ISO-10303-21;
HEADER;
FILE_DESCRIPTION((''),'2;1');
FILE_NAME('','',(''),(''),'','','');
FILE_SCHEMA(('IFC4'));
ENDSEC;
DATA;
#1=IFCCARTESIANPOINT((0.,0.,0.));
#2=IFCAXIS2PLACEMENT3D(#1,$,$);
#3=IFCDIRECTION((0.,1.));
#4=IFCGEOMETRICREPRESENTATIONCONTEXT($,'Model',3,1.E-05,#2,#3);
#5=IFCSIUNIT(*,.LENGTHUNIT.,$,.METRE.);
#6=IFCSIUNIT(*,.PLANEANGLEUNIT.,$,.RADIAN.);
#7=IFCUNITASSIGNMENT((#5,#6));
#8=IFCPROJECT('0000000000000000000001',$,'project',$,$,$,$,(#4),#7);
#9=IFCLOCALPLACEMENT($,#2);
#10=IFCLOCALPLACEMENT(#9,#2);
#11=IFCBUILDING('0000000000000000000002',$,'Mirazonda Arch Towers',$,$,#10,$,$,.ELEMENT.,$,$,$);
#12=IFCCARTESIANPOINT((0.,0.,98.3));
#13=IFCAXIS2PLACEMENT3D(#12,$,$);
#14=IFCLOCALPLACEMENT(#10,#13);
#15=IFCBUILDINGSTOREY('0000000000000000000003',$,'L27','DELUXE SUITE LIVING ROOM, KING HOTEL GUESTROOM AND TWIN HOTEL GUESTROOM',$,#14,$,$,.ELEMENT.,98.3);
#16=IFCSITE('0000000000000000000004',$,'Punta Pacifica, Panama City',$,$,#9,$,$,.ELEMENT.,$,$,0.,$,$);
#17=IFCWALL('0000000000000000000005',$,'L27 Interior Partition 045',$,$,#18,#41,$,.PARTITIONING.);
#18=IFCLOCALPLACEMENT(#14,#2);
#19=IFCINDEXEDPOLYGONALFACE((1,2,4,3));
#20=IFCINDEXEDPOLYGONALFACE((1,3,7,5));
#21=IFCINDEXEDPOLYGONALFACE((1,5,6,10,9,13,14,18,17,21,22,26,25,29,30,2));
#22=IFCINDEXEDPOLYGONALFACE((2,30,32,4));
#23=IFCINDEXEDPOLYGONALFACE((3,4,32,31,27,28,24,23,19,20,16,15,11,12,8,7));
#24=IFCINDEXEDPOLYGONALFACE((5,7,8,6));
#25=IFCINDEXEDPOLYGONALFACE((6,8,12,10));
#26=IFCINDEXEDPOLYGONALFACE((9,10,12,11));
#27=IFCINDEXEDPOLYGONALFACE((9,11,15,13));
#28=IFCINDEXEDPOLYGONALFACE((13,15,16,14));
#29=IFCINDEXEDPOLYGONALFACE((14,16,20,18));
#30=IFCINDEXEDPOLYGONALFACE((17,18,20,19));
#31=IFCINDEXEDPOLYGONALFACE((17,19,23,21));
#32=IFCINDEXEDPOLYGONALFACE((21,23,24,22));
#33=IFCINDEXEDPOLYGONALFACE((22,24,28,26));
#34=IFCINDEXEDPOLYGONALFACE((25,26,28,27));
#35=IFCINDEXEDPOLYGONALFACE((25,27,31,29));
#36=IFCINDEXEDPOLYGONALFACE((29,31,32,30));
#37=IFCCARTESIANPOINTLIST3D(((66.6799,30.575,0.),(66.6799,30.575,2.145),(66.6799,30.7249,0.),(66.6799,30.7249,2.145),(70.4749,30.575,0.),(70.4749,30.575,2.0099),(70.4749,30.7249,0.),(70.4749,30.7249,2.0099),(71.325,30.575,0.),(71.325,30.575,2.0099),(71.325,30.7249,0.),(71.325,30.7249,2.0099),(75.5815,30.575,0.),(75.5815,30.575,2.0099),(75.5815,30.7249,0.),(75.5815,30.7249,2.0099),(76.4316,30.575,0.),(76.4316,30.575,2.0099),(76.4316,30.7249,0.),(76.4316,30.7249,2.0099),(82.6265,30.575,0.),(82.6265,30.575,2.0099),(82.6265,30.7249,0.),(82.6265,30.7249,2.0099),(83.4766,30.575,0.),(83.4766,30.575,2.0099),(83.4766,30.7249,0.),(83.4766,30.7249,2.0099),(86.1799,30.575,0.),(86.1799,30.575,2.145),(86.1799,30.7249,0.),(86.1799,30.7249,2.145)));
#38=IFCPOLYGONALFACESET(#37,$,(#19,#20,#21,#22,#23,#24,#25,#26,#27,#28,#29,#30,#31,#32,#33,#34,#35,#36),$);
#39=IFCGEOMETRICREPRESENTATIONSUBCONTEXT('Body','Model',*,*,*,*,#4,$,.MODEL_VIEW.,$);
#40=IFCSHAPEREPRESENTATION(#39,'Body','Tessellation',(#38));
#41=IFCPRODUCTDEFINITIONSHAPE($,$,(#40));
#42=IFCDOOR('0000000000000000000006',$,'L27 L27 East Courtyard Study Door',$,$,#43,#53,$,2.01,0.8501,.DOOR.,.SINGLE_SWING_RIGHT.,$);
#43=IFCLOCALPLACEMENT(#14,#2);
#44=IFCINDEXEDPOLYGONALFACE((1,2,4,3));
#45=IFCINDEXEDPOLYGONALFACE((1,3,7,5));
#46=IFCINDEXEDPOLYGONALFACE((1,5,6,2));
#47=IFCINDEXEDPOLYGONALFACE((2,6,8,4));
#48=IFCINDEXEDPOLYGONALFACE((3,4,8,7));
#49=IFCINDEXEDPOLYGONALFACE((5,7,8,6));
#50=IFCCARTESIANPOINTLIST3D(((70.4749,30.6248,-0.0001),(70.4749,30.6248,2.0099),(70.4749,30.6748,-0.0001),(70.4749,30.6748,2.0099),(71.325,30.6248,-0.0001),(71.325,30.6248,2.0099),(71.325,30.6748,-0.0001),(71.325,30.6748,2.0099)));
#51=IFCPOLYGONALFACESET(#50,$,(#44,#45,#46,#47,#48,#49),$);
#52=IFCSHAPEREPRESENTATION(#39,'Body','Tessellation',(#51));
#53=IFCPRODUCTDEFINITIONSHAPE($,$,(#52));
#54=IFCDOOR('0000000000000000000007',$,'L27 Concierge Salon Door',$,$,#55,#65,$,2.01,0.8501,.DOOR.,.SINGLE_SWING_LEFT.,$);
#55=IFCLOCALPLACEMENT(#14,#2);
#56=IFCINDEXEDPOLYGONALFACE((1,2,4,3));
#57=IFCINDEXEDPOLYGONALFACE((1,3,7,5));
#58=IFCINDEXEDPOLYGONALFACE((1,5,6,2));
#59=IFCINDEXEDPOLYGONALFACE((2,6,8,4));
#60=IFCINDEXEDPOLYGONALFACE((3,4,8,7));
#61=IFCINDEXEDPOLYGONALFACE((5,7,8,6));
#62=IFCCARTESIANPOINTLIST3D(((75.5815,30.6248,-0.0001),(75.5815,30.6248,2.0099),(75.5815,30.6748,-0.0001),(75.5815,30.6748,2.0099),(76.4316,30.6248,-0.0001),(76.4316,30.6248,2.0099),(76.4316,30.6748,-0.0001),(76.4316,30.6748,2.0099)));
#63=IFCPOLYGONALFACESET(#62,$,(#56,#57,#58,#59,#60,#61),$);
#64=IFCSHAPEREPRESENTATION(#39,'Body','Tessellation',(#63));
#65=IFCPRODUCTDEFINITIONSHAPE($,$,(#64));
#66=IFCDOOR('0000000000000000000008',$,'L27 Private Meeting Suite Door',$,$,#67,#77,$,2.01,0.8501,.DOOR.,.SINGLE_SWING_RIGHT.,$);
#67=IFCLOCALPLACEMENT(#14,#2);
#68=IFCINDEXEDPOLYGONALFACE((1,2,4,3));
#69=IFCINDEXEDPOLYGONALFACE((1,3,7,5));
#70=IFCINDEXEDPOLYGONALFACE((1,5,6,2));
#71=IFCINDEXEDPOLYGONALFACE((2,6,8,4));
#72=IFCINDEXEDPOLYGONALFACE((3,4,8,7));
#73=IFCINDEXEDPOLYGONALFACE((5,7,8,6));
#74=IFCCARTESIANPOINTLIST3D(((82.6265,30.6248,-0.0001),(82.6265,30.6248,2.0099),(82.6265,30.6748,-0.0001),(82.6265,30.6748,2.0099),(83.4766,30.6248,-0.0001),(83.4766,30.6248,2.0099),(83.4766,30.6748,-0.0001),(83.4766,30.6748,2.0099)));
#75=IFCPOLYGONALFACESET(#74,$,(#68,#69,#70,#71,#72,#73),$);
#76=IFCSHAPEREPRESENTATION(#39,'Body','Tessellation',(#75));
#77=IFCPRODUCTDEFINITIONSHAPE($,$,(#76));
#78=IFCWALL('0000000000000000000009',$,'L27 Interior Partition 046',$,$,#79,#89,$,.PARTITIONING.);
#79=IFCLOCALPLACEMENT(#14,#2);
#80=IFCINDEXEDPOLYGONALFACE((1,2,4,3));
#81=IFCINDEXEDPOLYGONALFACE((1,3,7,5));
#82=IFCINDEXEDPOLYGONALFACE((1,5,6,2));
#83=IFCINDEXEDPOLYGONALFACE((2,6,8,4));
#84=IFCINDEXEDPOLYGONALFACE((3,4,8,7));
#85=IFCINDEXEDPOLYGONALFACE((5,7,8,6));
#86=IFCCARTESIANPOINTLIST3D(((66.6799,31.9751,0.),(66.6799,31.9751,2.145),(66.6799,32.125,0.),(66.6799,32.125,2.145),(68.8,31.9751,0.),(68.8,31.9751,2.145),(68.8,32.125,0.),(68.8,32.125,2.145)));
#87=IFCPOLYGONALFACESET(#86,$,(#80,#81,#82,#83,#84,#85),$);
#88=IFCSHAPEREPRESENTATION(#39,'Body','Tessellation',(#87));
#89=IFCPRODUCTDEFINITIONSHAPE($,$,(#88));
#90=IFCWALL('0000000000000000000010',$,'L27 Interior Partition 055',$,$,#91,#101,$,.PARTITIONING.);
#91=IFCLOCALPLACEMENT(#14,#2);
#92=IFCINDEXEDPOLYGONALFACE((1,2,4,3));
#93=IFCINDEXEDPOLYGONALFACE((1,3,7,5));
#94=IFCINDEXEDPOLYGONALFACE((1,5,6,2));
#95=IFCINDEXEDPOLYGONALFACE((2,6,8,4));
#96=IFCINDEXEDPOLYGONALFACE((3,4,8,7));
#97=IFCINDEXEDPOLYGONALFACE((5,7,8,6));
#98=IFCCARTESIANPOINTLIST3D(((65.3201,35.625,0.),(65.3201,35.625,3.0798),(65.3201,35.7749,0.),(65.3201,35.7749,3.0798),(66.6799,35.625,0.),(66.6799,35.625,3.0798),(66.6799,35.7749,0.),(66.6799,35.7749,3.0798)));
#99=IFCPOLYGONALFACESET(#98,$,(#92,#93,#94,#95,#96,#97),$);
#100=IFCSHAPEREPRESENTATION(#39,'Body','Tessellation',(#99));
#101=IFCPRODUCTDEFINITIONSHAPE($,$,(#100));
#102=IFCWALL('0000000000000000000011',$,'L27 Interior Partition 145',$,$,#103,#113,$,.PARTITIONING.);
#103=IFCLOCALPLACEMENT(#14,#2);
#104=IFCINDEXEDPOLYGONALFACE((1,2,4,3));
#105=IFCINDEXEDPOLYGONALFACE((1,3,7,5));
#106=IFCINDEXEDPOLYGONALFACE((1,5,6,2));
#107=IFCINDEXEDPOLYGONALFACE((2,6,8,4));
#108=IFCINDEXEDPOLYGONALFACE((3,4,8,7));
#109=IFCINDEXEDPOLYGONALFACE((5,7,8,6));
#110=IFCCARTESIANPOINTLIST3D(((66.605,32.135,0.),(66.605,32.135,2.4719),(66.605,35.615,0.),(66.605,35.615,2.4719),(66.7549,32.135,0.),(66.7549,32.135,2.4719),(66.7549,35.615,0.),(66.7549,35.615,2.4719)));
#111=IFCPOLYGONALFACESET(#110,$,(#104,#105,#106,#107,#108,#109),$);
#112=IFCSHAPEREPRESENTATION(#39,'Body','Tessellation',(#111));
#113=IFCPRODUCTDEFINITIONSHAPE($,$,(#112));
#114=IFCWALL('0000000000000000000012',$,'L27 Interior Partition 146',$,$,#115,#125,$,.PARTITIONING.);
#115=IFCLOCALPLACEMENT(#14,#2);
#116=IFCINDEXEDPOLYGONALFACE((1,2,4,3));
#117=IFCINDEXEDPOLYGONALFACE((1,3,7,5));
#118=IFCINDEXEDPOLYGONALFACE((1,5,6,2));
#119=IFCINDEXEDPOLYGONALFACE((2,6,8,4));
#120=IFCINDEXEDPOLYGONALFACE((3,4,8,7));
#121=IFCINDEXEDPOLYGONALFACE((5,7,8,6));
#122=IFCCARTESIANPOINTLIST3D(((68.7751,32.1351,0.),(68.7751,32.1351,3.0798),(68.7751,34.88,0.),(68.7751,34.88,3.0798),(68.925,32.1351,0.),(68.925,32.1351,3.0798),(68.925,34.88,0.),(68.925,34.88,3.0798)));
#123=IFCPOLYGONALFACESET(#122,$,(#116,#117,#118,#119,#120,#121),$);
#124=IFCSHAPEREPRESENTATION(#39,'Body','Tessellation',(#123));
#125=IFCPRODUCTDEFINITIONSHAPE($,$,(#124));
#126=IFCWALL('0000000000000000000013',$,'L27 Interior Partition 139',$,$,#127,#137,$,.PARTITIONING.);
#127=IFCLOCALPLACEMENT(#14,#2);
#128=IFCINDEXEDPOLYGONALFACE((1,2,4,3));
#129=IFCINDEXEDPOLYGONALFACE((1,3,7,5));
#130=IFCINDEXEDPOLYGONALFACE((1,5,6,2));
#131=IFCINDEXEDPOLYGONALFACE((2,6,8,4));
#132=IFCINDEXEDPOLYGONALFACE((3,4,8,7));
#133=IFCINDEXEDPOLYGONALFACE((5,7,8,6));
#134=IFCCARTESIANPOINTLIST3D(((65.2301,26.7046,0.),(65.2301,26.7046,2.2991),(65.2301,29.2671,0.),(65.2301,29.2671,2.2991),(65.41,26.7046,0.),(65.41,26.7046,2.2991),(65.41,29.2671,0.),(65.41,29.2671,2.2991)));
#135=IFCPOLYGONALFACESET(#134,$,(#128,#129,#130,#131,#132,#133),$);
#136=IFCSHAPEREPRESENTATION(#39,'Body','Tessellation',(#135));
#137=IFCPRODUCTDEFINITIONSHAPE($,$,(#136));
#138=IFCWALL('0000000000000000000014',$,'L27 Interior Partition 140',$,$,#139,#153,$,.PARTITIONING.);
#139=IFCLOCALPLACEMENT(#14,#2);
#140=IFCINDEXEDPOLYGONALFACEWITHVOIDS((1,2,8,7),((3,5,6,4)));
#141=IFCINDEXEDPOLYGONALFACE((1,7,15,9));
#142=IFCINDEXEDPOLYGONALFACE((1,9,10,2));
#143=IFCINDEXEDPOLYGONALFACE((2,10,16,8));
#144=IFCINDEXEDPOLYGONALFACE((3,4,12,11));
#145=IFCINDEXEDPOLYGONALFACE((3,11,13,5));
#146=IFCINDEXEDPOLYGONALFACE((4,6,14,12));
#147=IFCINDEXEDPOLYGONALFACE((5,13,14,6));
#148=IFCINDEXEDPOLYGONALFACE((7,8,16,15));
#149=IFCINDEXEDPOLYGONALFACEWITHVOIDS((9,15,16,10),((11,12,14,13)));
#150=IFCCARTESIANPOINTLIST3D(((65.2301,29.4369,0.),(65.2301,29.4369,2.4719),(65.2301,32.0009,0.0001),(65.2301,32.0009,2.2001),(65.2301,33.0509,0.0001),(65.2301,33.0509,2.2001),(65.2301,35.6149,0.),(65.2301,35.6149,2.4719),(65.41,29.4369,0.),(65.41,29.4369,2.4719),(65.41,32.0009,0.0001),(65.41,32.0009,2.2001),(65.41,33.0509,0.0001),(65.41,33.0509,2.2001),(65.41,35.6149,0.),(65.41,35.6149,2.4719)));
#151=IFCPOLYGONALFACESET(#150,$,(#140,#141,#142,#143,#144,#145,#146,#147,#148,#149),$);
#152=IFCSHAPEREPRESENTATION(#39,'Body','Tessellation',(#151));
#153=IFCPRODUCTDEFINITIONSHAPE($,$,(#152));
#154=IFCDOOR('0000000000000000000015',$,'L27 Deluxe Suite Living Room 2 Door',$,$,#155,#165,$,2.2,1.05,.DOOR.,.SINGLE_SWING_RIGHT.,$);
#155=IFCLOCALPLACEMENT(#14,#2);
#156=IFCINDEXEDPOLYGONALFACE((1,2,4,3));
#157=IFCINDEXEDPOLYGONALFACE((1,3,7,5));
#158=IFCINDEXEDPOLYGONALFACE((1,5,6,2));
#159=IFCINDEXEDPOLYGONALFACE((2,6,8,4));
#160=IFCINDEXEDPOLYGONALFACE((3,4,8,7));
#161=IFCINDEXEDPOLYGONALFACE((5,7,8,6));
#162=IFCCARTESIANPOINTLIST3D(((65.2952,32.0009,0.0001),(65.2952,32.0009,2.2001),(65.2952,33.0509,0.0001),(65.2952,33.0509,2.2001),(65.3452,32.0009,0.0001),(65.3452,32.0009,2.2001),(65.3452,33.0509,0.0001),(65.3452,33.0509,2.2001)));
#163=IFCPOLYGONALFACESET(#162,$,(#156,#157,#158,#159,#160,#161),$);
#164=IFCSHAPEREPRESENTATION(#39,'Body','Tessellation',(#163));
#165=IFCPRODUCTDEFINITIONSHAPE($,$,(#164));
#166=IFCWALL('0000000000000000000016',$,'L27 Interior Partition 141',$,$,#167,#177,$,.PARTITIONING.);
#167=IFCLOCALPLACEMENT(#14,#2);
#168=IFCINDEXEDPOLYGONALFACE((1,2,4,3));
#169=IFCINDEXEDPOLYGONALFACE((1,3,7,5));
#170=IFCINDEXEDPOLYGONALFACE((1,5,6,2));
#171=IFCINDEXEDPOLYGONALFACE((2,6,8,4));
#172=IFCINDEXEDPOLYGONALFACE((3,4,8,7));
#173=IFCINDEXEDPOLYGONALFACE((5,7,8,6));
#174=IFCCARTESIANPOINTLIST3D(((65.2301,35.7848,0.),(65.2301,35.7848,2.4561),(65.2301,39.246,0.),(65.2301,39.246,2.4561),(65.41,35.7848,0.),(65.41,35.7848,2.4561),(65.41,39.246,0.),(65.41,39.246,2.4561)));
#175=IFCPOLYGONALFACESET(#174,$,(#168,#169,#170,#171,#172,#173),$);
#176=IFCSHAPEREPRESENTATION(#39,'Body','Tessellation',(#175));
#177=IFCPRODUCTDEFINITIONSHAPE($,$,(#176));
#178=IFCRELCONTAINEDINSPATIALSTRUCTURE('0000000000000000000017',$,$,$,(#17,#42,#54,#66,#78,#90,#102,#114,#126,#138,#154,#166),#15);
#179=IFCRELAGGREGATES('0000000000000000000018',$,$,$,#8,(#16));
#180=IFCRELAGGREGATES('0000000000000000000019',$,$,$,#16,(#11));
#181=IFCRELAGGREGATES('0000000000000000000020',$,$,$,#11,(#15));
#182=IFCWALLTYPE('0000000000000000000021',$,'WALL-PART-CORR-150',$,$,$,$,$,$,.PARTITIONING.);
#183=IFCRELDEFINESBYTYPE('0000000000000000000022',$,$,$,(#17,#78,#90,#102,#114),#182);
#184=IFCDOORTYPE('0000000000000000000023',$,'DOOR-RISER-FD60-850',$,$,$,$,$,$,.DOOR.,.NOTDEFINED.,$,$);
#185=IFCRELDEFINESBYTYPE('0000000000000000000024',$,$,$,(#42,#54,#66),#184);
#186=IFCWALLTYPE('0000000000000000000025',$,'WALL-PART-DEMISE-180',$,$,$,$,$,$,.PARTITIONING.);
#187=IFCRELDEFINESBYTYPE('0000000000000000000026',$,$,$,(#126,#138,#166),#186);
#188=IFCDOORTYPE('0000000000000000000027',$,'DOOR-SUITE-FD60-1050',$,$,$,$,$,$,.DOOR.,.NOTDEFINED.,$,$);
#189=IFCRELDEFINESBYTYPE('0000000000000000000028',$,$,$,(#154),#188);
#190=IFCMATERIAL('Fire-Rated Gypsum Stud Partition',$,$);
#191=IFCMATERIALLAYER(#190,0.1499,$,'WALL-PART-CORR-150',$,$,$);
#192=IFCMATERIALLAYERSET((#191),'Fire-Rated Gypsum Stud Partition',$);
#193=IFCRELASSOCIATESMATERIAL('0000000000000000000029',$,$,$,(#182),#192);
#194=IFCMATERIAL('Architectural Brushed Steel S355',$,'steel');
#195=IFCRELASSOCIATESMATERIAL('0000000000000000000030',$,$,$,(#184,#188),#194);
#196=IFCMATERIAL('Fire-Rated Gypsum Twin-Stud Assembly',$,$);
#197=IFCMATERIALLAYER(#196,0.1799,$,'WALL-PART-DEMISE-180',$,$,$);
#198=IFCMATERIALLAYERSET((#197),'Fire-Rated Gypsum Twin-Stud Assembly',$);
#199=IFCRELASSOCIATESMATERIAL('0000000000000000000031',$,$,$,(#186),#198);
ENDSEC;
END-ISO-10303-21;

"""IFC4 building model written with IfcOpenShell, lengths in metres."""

from ifc_helpers import new_model, si_unit, direction, frame, frame_2d, origin, place, context, subcontext, project, spatial, rectangle, extrude, material, layer, layer_set, type_object, element, fill, save


model = new_model("IFC4")

# Units and contexts
model_context = context("Model", 3, precision=1e-05, world=origin(), true_north=direction((0.0, 1.0)))
body_context = subcontext(model_context, "Body", "Model", "MODEL_VIEW")
ifc_project = project(units=[si_unit("LENGTHUNIT", "METRE"), si_unit("PLANEANGLEUNIT", "RADIAN")], contexts=[model_context])

# Site, building, storey
site_placement = place(None, origin())
site = spatial("IfcSite", under=ifc_project, at=site_placement, Name="Punta Pacifica, Panama City", CompositionType="ELEMENT", RefElevation=0.0)
building_placement = place(site_placement, origin())
building = spatial("IfcBuilding", under=site, at=building_placement, Name="Mirazonda Arch Towers", CompositionType="ELEMENT")
storey_placement = place(building_placement, frame((0.0, 0.0, 98.3)))
storey = spatial("IfcBuildingStorey", under=building, at=storey_placement, Name="L27", Description="DELUXE SUITE LIVING ROOM, KING HOTEL GUESTROOM AND TWIN HOTEL GUESTROOM", CompositionType="ELEMENT", Elevation=98.3)

# Wall, openings, doors
ifc_material_1 = material(Name="Architectural Brushed Steel S355", Category="steel")
ifc_material_2 = material(Name="Fire-Rated Gypsum Stud Partition")
ifc_layer_1 = layer(ifc_material_2, 0.1499, Name="WALL-PART-CORR-150")
ifc_layer_set_1 = layer_set([ifc_layer_1], Name="Fire-Rated Gypsum Stud Partition")
wall_type_1 = type_object("IfcWallType", Name="WALL-PART-CORR-150", PredefinedType="PARTITIONING", material=ifc_layer_set_1)
wall_1_placement = place(storey_placement, frame((66.6799, 30.6499, 0.0), z_axis=(0.0, 0.0, 1.0), x_axis=(1.0, 0.0, 0.0)))
wall_1 = element("IfcWall", 1, at=wall_1_placement, inside=storey, type_object=wall_type_1, Name="L27 Interior Partition 045", PredefinedType="PARTITIONING", context=body_context, shape_type="SweptSolid", body=[
    extrude(rectangle(XDim=19.5, YDim=0.1499, at=frame_2d((9.75, 0.0))), origin(), (0.0, 0.0, 1.0), 2.145),
])
opening_1_placement = place(wall_1_placement, frame((3.7949, 0.0, 0.0)))
opening_1 = element("IfcOpeningElement", 2, at=opening_1_placement, cuts=wall_1, PredefinedType="OPENING", context=body_context, shape_type="SweptSolid", body=[
    extrude(rectangle(XDim=0.8501, YDim=2.01, at=frame_2d((0.425, 1.0049))), frame((0.0, 0.085, 0.0), z_axis=(0.0, -1.0, 0.0), x_axis=(1.0, 0.0, 0.0)), (0.0, 0.0, 1.0), 0.1699),
])
opening_2_placement = place(wall_1_placement, frame((8.9016, 0.0, 0.0)))
opening_2 = element("IfcOpeningElement", 3, at=opening_2_placement, cuts=wall_1, PredefinedType="OPENING", context=body_context, shape_type="SweptSolid", body=[
    extrude(rectangle(XDim=0.8501, YDim=2.01, at=frame_2d((0.425, 1.0049))), frame((0.0, 0.085, 0.0), z_axis=(0.0, -1.0, 0.0), x_axis=(1.0, 0.0, 0.0)), (0.0, 0.0, 1.0), 0.1699),
])
opening_3_placement = place(wall_1_placement, frame((15.9465, 0.0, 0.0)))
opening_3 = element("IfcOpeningElement", 4, at=opening_3_placement, cuts=wall_1, PredefinedType="OPENING", context=body_context, shape_type="SweptSolid", body=[
    extrude(rectangle(XDim=0.8501, YDim=2.01, at=frame_2d((0.425, 1.0049))), frame((0.0, 0.085, 0.0), z_axis=(0.0, -1.0, 0.0), x_axis=(1.0, 0.0, 0.0)), (0.0, 0.0, 1.0), 0.1699),
])
door_type_1 = type_object("IfcDoorType", Name="DOOR-RISER-FD60-850", OperationType="NOTDEFINED", PredefinedType="DOOR", material=ifc_material_1)
door_1_placement = place(opening_1_placement, origin())
door_1 = element("IfcDoor", 5, at=door_1_placement, inside=storey, type_object=door_type_1, Name="L27 L27 East Courtyard Study Door", OperationType="SINGLE_SWING_RIGHT", OverallHeight=2.01, OverallWidth=0.8501, PredefinedType="DOOR", context=body_context, shape_type="SweptSolid", body=[
    extrude(rectangle(XDim=0.8501, YDim=2.01, at=frame_2d((0.425, 1.0049))), frame((0.0, 0.0249, 0.0), z_axis=(0.0, -1.0, 0.0), x_axis=(1.0, 0.0, 0.0)), (0.0, 0.0, 1.0), 0.05),
])
fill(opening_1, door_1)
door_2_placement = place(opening_2_placement, origin())
door_2 = element("IfcDoor", 6, at=door_2_placement, inside=storey, type_object=door_type_1, Name="L27 Concierge Salon Door", OperationType="SINGLE_SWING_LEFT", OverallHeight=2.01, OverallWidth=0.8501, PredefinedType="DOOR", context=body_context, shape_type="SweptSolid", body=[
    extrude(rectangle(XDim=0.8501, YDim=2.01, at=frame_2d((0.425, 1.0049))), frame((0.0, 0.0249, 0.0), z_axis=(0.0, -1.0, 0.0), x_axis=(1.0, 0.0, 0.0)), (0.0, 0.0, 1.0), 0.05),
])
fill(opening_2, door_2)
door_3_placement = place(opening_3_placement, origin())
door_3 = element("IfcDoor", 7, at=door_3_placement, inside=storey, type_object=door_type_1, Name="L27 Private Meeting Suite Door", OperationType="SINGLE_SWING_RIGHT", OverallHeight=2.01, OverallWidth=0.8501, PredefinedType="DOOR", context=body_context, shape_type="SweptSolid", body=[
    extrude(rectangle(XDim=0.8501, YDim=2.01, at=frame_2d((0.425, 1.0049))), frame((0.0, 0.0249, 0.0), z_axis=(0.0, -1.0, 0.0), x_axis=(1.0, 0.0, 0.0)), (0.0, 0.0, 1.0), 0.05),
])
fill(opening_3, door_3)

# Walls
wall_2_placement = place(storey_placement, frame((66.6799, 32.05, 0.0), z_axis=(0.0, 0.0, 1.0), x_axis=(1.0, 0.0, 0.0)))
element("IfcWall", 8, at=wall_2_placement, inside=storey, type_object=wall_type_1, Name="L27 Interior Partition 046", PredefinedType="PARTITIONING", context=body_context, shape_type="SweptSolid", body=[
    extrude(rectangle(XDim=2.1201, YDim=0.1499, at=frame_2d((1.0601, 0.0))), origin(), (0.0, 0.0, 1.0), 2.145),
])
wall_3_placement = place(storey_placement, frame((65.3201, 35.7, 0.0), z_axis=(0.0, 0.0, 1.0), x_axis=(1.0, 0.0, 0.0)))
element("IfcWall", 9, at=wall_3_placement, inside=storey, type_object=wall_type_1, Name="L27 Interior Partition 055", PredefinedType="PARTITIONING", context=body_context, shape_type="SweptSolid", body=[
    extrude(rectangle(XDim=1.3599, YDim=0.1499, at=frame_2d((0.6799, 0.0))), origin(), (0.0, 0.0, 1.0), 3.0798),
])
wall_4_placement = place(storey_placement, frame((66.6799, 32.135, 0.0), z_axis=(0.0, 0.0, 1.0), x_axis=(0.0, 1.0, 0.0)))
element("IfcWall", 10, at=wall_4_placement, inside=storey, type_object=wall_type_1, Name="L27 Interior Partition 145", PredefinedType="PARTITIONING", context=body_context, shape_type="SweptSolid", body=[
    extrude(rectangle(XDim=3.48, YDim=0.1499, at=frame_2d((1.74, 0.0))), origin(), (0.0, 0.0, 1.0), 2.4719),
])
wall_5_placement = place(storey_placement, frame((68.8501, 32.135, 0.0), z_axis=(0.0, 0.0, 1.0), x_axis=(0.0, 1.0, 0.0)))
element("IfcWall", 11, at=wall_5_placement, inside=storey, type_object=wall_type_1, Name="L27 Interior Partition 146", PredefinedType="PARTITIONING", context=body_context, shape_type="SweptSolid", body=[
    extrude(rectangle(XDim=2.7449, YDim=0.1499, at=frame_2d((1.3726, 0.0))), origin(), (0.0, 0.0, 1.0), 3.0798),
])
ifc_material_3 = material(Name="Fire-Rated Gypsum Twin-Stud Assembly")
ifc_layer_2 = layer(ifc_material_3, 0.1799, Name="WALL-PART-DEMISE-180")
ifc_layer_set_2 = layer_set([ifc_layer_2], Name="Fire-Rated Gypsum Twin-Stud Assembly")
wall_type_2 = type_object("IfcWallType", Name="WALL-PART-DEMISE-180", PredefinedType="PARTITIONING", material=ifc_layer_set_2)
wall_6_placement = place(storey_placement, frame((65.3201, 26.7046, 0.0), z_axis=(0.0, 0.0, 1.0), x_axis=(0.0, 1.0, 0.0)))
element("IfcWall", 12, at=wall_6_placement, inside=storey, type_object=wall_type_2, Name="L27 Interior Partition 139", PredefinedType="PARTITIONING", context=body_context, shape_type="SweptSolid", body=[
    extrude(rectangle(XDim=2.5625, YDim=0.1799, at=frame_2d((1.2812, 0.0))), origin(), (0.0, 0.0, 1.0), 2.2991),
])

# Wall, opening, door
wall_7_placement = place(storey_placement, frame((65.3201, 29.437, 0.0), z_axis=(0.0, 0.0, 1.0), x_axis=(0.0, 1.0, 0.0)))
wall_7 = element("IfcWall", 13, at=wall_7_placement, inside=storey, type_object=wall_type_2, Name="L27 Interior Partition 140", PredefinedType="PARTITIONING", context=body_context, shape_type="SweptSolid", body=[
    extrude(rectangle(XDim=6.178, YDim=0.1799, at=frame_2d((3.0889, 0.0))), origin(), (0.0, 0.0, 1.0), 2.4719),
])
opening_4_placement = place(wall_7_placement, frame((2.564, 0.0, 0.0)))
opening_4 = element("IfcOpeningElement", 14, at=opening_4_placement, cuts=wall_7, PredefinedType="OPENING", context=body_context, shape_type="SweptSolid", body=[
    extrude(rectangle(XDim=1.05, YDim=2.2, at=frame_2d((0.5249, 1.1001))), frame((0.0, 0.0999, 0.0), z_axis=(0.0, -1.0, 0.0), x_axis=(1.0, 0.0, 0.0)), (0.0, 0.0, 1.0), 0.2),
])
door_type_2 = type_object("IfcDoorType", Name="DOOR-SUITE-FD60-1050", OperationType="NOTDEFINED", PredefinedType="DOOR", material=ifc_material_1)
door_4_placement = place(opening_4_placement, origin())
door_4 = element("IfcDoor", 15, at=door_4_placement, inside=storey, type_object=door_type_2, Name="L27 Deluxe Suite Living Room 2 Door", OperationType="SINGLE_SWING_RIGHT", OverallHeight=2.2, OverallWidth=1.05, PredefinedType="DOOR", context=body_context, shape_type="SweptSolid", body=[
    extrude(rectangle(XDim=1.05, YDim=2.2, at=frame_2d((0.5249, 1.1001))), frame((0.0, 0.0249, 0.0), z_axis=(0.0, -1.0, 0.0), x_axis=(1.0, 0.0, 0.0)), (0.0, 0.0, 1.0), 0.05),
])
fill(opening_4, door_4)

# Wall
wall_8_placement = place(storey_placement, frame((65.3201, 35.7849, 0.0), z_axis=(0.0, 0.0, 1.0), x_axis=(0.0, 1.0, 0.0)))
element("IfcWall", 16, at=wall_8_placement, inside=storey, type_object=wall_type_2, Name="L27 Interior Partition 141", PredefinedType="PARTITIONING", context=body_context, shape_type="SweptSolid", body=[
    extrude(rectangle(XDim=3.4612, YDim=0.1799, at=frame_2d((1.7305, 0.0))), origin(), (0.0, 0.0, 1.0), 2.4561),
])

save(model, "model.ifc")
